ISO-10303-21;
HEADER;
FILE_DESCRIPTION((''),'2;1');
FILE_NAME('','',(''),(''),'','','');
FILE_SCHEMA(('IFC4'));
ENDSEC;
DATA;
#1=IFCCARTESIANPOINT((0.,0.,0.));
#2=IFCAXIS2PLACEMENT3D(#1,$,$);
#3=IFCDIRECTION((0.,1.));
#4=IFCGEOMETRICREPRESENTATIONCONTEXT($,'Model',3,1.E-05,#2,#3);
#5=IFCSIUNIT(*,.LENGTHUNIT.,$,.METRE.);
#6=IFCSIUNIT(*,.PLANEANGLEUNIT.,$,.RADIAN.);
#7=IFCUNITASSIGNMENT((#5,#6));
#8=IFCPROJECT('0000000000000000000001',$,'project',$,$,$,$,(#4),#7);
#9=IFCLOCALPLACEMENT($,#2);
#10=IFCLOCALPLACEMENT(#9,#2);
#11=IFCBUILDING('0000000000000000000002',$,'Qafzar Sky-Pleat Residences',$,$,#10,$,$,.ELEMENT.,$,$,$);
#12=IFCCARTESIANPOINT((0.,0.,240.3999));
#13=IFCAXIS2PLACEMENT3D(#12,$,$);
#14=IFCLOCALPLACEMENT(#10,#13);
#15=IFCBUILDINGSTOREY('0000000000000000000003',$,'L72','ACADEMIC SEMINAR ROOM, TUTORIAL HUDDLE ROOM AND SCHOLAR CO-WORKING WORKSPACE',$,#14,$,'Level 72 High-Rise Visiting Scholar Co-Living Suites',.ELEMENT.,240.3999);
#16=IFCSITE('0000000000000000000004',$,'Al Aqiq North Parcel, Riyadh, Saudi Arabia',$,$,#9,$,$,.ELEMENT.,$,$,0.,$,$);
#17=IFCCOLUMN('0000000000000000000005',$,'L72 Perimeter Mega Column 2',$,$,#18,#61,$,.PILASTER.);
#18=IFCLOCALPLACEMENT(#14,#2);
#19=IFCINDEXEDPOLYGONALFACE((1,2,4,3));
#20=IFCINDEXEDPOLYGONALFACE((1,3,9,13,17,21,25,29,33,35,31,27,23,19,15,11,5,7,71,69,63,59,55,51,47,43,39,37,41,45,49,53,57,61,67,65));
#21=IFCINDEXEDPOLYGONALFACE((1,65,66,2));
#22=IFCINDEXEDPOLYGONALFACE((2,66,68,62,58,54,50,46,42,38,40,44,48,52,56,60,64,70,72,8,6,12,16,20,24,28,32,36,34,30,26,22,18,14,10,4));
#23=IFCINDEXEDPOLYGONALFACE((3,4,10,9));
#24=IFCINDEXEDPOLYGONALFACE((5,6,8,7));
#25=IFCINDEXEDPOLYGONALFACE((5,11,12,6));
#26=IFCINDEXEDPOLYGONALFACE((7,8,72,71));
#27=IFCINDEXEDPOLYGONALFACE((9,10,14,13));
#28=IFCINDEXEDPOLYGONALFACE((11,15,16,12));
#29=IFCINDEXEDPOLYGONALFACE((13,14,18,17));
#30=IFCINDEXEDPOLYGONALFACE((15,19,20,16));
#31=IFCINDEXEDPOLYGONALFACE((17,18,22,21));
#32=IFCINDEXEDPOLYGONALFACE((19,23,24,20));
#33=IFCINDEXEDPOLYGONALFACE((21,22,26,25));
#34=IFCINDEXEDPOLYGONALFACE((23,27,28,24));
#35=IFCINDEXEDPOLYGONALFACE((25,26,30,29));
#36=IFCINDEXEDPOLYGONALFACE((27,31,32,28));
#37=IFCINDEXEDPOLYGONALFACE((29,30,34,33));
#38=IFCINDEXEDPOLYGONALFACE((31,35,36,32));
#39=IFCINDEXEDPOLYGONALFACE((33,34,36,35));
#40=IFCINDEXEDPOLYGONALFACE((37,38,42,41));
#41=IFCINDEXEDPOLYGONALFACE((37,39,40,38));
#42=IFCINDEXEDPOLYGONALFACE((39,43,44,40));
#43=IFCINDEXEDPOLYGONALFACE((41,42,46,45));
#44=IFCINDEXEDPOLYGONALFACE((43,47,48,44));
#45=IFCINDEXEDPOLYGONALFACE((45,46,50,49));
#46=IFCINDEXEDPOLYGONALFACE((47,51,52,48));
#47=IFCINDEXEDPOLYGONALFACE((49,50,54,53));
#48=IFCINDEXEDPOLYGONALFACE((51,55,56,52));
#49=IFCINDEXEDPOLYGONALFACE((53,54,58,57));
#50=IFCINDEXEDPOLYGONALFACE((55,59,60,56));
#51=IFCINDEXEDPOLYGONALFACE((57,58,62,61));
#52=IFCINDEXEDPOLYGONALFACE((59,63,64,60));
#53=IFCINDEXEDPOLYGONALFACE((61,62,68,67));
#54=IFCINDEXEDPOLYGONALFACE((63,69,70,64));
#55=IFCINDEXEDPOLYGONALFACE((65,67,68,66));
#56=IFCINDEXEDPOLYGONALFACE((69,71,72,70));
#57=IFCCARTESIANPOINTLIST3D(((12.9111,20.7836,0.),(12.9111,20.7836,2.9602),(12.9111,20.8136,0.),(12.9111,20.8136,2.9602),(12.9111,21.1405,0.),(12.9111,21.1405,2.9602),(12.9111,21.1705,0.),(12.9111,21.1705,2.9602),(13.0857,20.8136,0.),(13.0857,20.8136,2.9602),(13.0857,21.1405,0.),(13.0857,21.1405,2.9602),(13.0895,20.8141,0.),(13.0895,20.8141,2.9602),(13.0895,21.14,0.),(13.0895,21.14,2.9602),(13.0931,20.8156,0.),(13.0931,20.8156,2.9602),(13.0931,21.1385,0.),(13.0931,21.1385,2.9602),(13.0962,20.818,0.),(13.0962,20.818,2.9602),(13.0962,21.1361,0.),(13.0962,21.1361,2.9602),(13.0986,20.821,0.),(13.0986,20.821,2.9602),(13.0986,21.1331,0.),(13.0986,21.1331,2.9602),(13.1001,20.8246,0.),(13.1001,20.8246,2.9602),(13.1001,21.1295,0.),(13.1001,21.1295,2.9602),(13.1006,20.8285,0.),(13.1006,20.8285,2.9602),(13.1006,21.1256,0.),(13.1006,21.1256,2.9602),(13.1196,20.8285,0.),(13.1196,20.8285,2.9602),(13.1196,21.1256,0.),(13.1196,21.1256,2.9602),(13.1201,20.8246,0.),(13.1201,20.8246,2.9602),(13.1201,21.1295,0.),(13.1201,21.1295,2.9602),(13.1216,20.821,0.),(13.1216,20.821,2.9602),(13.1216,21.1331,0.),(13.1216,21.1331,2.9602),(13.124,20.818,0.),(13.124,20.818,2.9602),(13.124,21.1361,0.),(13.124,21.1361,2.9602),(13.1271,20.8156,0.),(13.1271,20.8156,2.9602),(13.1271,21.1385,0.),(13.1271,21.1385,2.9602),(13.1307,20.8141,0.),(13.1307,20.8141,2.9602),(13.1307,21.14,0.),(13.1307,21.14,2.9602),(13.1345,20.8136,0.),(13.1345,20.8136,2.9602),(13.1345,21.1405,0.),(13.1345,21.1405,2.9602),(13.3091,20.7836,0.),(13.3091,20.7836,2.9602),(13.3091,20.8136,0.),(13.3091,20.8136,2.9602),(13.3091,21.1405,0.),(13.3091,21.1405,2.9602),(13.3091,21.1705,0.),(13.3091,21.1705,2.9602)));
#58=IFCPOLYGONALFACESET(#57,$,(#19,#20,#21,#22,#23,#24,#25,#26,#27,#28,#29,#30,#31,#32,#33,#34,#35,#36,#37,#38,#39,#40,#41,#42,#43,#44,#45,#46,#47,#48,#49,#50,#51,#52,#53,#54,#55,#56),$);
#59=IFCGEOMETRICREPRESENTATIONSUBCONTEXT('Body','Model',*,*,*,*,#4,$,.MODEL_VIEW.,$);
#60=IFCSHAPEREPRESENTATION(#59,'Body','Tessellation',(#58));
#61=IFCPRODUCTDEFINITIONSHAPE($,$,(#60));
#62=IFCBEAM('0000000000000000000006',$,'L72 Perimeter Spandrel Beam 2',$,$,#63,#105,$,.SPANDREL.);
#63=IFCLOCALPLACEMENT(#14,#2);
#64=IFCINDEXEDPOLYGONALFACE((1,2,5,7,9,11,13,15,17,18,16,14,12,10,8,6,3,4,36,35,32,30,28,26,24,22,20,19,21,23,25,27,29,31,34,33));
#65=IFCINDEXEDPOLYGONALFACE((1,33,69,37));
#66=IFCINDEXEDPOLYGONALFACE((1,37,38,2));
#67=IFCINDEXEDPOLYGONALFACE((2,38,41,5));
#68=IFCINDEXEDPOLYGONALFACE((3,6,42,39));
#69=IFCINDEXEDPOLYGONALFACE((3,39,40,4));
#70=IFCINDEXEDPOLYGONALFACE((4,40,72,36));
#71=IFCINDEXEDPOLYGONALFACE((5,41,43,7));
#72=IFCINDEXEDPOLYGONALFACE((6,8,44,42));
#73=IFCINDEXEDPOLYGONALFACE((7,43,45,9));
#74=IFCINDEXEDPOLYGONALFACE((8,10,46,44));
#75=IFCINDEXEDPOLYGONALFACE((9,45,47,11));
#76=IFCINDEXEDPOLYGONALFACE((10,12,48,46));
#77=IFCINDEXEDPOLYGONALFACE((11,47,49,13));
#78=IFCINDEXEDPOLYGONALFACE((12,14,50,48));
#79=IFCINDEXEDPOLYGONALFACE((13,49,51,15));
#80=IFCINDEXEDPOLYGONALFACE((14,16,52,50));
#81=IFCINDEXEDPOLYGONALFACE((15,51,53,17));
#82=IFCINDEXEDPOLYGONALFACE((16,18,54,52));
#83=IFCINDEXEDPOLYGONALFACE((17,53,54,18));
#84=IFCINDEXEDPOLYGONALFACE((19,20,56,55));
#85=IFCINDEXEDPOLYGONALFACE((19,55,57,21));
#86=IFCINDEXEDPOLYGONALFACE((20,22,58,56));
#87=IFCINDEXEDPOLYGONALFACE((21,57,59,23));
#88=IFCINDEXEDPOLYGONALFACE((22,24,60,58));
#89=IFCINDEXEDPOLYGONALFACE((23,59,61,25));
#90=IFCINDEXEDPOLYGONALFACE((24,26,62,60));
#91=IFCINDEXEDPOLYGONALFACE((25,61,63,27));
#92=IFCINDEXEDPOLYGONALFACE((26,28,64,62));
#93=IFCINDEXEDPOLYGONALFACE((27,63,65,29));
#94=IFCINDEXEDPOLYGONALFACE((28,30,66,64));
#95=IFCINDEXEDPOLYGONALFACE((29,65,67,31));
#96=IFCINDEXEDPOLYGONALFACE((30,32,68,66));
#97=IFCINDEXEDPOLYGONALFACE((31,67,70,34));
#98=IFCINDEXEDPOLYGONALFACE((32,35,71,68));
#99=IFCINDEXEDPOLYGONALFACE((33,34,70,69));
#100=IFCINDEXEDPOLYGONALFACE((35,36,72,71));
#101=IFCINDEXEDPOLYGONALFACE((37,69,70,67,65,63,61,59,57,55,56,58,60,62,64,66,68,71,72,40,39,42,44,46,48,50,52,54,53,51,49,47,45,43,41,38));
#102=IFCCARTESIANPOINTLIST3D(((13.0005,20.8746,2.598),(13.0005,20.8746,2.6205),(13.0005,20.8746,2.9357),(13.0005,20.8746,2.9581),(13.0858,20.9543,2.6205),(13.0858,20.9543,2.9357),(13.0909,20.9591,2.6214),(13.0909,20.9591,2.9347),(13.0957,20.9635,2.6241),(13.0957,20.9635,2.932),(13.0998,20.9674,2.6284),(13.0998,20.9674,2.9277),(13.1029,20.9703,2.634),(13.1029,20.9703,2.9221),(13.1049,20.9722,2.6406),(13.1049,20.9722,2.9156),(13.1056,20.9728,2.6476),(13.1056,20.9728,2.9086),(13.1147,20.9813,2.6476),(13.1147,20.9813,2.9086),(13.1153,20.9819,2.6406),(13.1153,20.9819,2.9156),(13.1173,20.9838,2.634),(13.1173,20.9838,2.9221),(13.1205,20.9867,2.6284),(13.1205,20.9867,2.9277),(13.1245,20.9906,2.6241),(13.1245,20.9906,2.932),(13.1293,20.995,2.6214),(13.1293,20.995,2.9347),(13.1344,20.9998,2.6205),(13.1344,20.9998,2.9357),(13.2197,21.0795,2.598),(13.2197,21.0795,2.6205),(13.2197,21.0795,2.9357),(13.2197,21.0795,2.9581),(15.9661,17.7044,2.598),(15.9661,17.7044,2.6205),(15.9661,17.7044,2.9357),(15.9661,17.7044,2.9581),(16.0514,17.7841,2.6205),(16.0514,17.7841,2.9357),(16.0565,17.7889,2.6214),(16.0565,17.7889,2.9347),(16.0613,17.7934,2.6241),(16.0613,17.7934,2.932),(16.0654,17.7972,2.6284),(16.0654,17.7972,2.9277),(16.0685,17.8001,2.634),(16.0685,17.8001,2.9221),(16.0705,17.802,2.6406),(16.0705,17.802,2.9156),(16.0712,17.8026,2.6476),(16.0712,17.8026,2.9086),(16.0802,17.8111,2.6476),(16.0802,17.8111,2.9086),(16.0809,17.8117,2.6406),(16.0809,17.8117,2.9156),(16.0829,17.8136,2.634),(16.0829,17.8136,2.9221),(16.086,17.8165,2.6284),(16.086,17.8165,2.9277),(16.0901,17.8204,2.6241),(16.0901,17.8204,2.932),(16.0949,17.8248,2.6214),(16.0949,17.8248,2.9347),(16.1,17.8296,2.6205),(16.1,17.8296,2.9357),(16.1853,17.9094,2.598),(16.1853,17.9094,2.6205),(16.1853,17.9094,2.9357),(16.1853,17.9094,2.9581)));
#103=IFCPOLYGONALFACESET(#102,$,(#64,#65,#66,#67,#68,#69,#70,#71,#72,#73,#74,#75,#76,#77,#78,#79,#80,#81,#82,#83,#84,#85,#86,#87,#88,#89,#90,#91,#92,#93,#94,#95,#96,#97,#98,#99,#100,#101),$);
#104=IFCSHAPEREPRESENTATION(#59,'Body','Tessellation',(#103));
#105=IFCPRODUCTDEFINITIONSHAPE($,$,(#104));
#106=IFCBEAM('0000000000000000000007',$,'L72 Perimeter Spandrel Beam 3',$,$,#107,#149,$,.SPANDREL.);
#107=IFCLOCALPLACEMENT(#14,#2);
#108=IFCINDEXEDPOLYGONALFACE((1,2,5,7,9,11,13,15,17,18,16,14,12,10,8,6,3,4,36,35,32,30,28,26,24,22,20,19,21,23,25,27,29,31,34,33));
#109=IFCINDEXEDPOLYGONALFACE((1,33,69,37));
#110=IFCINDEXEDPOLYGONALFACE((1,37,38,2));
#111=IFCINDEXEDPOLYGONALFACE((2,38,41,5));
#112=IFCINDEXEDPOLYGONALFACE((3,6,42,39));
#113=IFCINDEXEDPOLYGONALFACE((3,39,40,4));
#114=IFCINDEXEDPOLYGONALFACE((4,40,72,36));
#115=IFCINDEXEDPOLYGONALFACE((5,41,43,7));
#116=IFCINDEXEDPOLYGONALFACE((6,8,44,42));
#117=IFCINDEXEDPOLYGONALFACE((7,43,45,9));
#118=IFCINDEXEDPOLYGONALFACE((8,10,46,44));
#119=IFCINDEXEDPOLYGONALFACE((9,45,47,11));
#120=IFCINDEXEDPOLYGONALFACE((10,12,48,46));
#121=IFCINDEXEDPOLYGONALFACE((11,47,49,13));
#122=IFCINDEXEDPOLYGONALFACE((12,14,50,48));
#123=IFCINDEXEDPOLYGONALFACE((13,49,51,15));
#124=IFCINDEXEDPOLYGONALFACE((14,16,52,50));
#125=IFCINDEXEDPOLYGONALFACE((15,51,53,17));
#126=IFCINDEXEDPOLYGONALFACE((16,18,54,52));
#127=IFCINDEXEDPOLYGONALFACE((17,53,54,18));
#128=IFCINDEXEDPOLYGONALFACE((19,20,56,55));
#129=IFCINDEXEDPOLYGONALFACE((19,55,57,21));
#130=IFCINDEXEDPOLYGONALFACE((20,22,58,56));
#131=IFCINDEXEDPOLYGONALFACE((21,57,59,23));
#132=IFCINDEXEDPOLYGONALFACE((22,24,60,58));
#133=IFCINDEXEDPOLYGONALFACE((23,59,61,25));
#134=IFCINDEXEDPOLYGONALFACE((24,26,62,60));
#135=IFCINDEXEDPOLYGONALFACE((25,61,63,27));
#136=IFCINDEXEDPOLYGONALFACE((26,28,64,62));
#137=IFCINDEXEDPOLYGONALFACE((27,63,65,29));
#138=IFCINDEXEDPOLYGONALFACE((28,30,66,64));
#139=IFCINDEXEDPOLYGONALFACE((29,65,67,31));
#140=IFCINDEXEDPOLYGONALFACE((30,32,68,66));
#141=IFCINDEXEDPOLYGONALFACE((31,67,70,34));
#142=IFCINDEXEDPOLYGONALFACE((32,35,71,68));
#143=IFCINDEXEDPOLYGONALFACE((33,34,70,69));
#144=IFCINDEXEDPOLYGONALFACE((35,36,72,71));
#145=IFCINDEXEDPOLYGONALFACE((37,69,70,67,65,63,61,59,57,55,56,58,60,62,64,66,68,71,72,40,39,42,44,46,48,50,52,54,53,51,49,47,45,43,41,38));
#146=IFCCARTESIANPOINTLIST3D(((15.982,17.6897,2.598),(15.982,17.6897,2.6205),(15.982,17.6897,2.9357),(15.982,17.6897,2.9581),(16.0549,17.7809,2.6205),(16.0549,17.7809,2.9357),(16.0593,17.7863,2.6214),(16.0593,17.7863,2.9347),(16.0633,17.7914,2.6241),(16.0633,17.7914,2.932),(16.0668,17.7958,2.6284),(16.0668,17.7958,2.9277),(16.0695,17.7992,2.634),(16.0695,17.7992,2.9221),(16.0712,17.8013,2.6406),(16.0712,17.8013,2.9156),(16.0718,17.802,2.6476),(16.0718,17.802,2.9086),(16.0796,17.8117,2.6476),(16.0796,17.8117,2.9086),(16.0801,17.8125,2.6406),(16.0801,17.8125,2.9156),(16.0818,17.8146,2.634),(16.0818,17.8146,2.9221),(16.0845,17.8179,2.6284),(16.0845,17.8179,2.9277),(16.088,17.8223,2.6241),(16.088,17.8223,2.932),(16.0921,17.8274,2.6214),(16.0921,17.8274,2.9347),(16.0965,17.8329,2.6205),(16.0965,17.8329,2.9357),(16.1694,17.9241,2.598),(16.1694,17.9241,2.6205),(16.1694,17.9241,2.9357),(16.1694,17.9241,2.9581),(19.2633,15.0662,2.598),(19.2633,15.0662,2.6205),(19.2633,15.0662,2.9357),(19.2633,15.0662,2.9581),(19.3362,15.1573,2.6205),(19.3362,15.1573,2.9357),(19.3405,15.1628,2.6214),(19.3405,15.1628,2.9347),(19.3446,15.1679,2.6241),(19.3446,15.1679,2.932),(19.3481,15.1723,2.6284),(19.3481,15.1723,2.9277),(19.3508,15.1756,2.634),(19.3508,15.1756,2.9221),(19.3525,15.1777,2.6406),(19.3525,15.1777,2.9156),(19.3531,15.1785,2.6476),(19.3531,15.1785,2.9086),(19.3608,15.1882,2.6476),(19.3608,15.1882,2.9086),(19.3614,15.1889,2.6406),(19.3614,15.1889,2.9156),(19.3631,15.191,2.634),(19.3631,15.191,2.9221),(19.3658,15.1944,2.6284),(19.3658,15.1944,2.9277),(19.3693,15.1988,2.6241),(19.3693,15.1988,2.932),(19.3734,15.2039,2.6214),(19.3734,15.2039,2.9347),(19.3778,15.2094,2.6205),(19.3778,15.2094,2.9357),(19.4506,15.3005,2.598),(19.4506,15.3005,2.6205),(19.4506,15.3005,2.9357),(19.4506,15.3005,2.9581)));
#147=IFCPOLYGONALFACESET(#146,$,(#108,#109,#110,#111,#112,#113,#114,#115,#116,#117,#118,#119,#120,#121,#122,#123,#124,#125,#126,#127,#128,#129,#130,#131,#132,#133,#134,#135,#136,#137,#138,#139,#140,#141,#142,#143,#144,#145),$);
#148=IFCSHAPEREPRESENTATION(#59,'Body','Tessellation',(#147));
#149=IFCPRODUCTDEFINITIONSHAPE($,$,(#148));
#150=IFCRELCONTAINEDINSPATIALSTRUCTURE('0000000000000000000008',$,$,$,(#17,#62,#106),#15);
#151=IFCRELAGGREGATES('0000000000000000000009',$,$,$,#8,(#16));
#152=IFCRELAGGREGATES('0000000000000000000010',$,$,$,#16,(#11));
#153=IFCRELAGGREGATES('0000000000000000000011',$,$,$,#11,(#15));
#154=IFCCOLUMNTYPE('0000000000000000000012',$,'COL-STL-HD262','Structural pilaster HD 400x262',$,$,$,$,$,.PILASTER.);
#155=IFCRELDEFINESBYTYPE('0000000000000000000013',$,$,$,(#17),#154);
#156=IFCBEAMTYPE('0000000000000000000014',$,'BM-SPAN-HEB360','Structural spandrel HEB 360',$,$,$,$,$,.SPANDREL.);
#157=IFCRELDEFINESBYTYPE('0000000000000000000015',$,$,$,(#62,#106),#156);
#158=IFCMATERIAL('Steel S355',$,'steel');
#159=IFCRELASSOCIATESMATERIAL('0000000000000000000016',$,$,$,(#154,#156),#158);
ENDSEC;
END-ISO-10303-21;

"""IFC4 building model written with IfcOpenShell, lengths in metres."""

from ifc_helpers import new_model, si_unit, direction, frame, origin, origin_2d, place, context, subcontext, project, spatial, i_section, extrude, source, transform, mapped, material, material_profile, profile_set, type_object, element, save


model = new_model("IFC4")

# Units and contexts
model_context = context("Model", 3, precision=1e-05, world=origin(), true_north=direction((0.0, 1.0)))
body_context = subcontext(model_context, "Body", "Model", "MODEL_VIEW")
ifc_project = project(units=[si_unit("LENGTHUNIT", "METRE"), si_unit("PLANEANGLEUNIT", "RADIAN")], contexts=[model_context])

# Site, building, storey
site_placement = place(None, origin())
site = spatial("IfcSite", under=ifc_project, at=site_placement, Name="Al Aqiq North Parcel, Riyadh, Saudi Arabia", CompositionType="ELEMENT", RefElevation=0.0)
building_placement = place(site_placement, origin())
building = spatial("IfcBuilding", under=site, at=building_placement, Name="Qafzar Sky-Pleat Residences", CompositionType="ELEMENT")
storey_placement = place(building_placement, frame((0.0, 0.0, 240.3999)))
storey = spatial("IfcBuildingStorey", under=building, at=storey_placement, Name="L72", Description="ACADEMIC SEMINAR ROOM, TUTORIAL HUDDLE ROOM AND SCHOLAR CO-WORKING WORKSPACE", LongName="Level 72 High-Rise Visiting Scholar Co-Living Suites", CompositionType="ELEMENT", Elevation=240.3999)

# Column
ifc_material_1 = material(Name="Steel S355", Category="steel")
ifc_material_profile_1 = material_profile(ifc_material_1, i_section(OverallWidth=0.3979, OverallDepth=0.387, WebThickness=0.019, FlangeThickness=0.03, FilletRadius=0.0149, at=origin_2d()), Name="HD 400x262")
ifc_profile_set_1 = profile_set([ifc_material_profile_1], Name="Steel S355")
column_type = type_object("IfcColumnType", Name="COL-STL-HD262", Description="Structural pilaster HD 400x262", PredefinedType="PILASTER", material=ifc_profile_set_1)
shared_shape_1 = source(origin(), body_context, "Body", "SweptSolid", [
    extrude(i_section(OverallWidth=0.3979, OverallDepth=0.387, WebThickness=0.019, FlangeThickness=0.03, FilletRadius=0.0149, at=origin_2d()), origin(), (0.0, 0.0, 1.0), 2.9602),
])
column_placement = place(storey_placement, frame((13.1101, 20.9771, 0.0), z_axis=(0.0, 0.0, 1.0), x_axis=(1.0, 0.0, 0.0)))
element("IfcColumn", 1, at=column_placement, inside=storey, type_object=column_type, Name="L72 Perimeter Mega Column 2", PredefinedType="PILASTER", context=body_context, shape_type="MappedRepresentation", body=[
    mapped(shared_shape_1, transform((0.0, 0.0, 0.0), x_axis=(1.0, 0.0, 0.0), y_axis=(0.0, 1.0, 0.0), z_axis=(0.0, 0.0, 1.0), scale=1.0)),
])

# Beams
ifc_material_profile_2 = material_profile(ifc_material_1, i_section(OverallWidth=0.3, OverallDepth=0.3601, WebThickness=0.0125, FlangeThickness=0.0225, FilletRadius=0.0271, at=origin_2d()), Name="HEB 360")
ifc_profile_set_2 = profile_set([ifc_material_profile_2], Name="Steel S355")
beam_type_1 = type_object("IfcBeamType", Name="BM-SPAN-HEB360", Description="Structural spandrel HEB 360", PredefinedType="SPANDREL", material=ifc_profile_set_2)
shared_shape_2 = source(origin(), body_context, "Body", "SweptSolid", [
    extrude(i_section(OverallWidth=0.3, OverallDepth=0.3601, WebThickness=0.0125, FlangeThickness=0.0225, FilletRadius=0.0271, at=origin_2d()), origin(), (0.0, 0.0, 1.0), 4.3411),
])
beam_1_placement = place(storey_placement, frame((13.1101, 20.9771, 2.7781), z_axis=(0.683149, -0.730279, 0.0), x_axis=(0.730279, 0.683149, 0.0)))
element("IfcBeam", 2, at=beam_1_placement, inside=storey, type_object=beam_type_1, Name="L72 Perimeter Spandrel Beam 2", PredefinedType="SPANDREL", context=body_context, shape_type="MappedRepresentation", body=[
    mapped(shared_shape_2, transform((0.0, 0.0, 0.0), x_axis=(1.0, 0.0, 0.0), y_axis=(0.0, 1.0, 0.0), z_axis=(0.0, 0.0, 1.0), scale=1.0)),
])
shared_shape_3 = source(origin(), body_context, "Body", "SweptSolid", [
    extrude(i_section(OverallWidth=0.3, OverallDepth=0.3601, WebThickness=0.0125, FlangeThickness=0.0225, FilletRadius=0.0271, at=origin_2d()), origin(), (0.0, 0.0, 1.0), 4.2012),
])
beam_2_placement = place(storey_placement, frame((16.0757, 17.8069, 2.7781), z_axis=(0.781039, -0.624482, 0.0), x_axis=(0.624482, 0.781039, 0.0)))
element("IfcBeam", 3, at=beam_2_placement, inside=storey, type_object=beam_type_1, Name="L72 Perimeter Spandrel Beam 3", PredefinedType="SPANDREL", context=body_context, shape_type="MappedRepresentation", body=[
    mapped(shared_shape_3, transform((0.0, 0.0, 0.0), x_axis=(1.0, 0.0, 0.0), y_axis=(0.0, 1.0, 0.0), z_axis=(0.0, 0.0, 1.0), scale=1.0)),
])

save(model, "model.ifc")
